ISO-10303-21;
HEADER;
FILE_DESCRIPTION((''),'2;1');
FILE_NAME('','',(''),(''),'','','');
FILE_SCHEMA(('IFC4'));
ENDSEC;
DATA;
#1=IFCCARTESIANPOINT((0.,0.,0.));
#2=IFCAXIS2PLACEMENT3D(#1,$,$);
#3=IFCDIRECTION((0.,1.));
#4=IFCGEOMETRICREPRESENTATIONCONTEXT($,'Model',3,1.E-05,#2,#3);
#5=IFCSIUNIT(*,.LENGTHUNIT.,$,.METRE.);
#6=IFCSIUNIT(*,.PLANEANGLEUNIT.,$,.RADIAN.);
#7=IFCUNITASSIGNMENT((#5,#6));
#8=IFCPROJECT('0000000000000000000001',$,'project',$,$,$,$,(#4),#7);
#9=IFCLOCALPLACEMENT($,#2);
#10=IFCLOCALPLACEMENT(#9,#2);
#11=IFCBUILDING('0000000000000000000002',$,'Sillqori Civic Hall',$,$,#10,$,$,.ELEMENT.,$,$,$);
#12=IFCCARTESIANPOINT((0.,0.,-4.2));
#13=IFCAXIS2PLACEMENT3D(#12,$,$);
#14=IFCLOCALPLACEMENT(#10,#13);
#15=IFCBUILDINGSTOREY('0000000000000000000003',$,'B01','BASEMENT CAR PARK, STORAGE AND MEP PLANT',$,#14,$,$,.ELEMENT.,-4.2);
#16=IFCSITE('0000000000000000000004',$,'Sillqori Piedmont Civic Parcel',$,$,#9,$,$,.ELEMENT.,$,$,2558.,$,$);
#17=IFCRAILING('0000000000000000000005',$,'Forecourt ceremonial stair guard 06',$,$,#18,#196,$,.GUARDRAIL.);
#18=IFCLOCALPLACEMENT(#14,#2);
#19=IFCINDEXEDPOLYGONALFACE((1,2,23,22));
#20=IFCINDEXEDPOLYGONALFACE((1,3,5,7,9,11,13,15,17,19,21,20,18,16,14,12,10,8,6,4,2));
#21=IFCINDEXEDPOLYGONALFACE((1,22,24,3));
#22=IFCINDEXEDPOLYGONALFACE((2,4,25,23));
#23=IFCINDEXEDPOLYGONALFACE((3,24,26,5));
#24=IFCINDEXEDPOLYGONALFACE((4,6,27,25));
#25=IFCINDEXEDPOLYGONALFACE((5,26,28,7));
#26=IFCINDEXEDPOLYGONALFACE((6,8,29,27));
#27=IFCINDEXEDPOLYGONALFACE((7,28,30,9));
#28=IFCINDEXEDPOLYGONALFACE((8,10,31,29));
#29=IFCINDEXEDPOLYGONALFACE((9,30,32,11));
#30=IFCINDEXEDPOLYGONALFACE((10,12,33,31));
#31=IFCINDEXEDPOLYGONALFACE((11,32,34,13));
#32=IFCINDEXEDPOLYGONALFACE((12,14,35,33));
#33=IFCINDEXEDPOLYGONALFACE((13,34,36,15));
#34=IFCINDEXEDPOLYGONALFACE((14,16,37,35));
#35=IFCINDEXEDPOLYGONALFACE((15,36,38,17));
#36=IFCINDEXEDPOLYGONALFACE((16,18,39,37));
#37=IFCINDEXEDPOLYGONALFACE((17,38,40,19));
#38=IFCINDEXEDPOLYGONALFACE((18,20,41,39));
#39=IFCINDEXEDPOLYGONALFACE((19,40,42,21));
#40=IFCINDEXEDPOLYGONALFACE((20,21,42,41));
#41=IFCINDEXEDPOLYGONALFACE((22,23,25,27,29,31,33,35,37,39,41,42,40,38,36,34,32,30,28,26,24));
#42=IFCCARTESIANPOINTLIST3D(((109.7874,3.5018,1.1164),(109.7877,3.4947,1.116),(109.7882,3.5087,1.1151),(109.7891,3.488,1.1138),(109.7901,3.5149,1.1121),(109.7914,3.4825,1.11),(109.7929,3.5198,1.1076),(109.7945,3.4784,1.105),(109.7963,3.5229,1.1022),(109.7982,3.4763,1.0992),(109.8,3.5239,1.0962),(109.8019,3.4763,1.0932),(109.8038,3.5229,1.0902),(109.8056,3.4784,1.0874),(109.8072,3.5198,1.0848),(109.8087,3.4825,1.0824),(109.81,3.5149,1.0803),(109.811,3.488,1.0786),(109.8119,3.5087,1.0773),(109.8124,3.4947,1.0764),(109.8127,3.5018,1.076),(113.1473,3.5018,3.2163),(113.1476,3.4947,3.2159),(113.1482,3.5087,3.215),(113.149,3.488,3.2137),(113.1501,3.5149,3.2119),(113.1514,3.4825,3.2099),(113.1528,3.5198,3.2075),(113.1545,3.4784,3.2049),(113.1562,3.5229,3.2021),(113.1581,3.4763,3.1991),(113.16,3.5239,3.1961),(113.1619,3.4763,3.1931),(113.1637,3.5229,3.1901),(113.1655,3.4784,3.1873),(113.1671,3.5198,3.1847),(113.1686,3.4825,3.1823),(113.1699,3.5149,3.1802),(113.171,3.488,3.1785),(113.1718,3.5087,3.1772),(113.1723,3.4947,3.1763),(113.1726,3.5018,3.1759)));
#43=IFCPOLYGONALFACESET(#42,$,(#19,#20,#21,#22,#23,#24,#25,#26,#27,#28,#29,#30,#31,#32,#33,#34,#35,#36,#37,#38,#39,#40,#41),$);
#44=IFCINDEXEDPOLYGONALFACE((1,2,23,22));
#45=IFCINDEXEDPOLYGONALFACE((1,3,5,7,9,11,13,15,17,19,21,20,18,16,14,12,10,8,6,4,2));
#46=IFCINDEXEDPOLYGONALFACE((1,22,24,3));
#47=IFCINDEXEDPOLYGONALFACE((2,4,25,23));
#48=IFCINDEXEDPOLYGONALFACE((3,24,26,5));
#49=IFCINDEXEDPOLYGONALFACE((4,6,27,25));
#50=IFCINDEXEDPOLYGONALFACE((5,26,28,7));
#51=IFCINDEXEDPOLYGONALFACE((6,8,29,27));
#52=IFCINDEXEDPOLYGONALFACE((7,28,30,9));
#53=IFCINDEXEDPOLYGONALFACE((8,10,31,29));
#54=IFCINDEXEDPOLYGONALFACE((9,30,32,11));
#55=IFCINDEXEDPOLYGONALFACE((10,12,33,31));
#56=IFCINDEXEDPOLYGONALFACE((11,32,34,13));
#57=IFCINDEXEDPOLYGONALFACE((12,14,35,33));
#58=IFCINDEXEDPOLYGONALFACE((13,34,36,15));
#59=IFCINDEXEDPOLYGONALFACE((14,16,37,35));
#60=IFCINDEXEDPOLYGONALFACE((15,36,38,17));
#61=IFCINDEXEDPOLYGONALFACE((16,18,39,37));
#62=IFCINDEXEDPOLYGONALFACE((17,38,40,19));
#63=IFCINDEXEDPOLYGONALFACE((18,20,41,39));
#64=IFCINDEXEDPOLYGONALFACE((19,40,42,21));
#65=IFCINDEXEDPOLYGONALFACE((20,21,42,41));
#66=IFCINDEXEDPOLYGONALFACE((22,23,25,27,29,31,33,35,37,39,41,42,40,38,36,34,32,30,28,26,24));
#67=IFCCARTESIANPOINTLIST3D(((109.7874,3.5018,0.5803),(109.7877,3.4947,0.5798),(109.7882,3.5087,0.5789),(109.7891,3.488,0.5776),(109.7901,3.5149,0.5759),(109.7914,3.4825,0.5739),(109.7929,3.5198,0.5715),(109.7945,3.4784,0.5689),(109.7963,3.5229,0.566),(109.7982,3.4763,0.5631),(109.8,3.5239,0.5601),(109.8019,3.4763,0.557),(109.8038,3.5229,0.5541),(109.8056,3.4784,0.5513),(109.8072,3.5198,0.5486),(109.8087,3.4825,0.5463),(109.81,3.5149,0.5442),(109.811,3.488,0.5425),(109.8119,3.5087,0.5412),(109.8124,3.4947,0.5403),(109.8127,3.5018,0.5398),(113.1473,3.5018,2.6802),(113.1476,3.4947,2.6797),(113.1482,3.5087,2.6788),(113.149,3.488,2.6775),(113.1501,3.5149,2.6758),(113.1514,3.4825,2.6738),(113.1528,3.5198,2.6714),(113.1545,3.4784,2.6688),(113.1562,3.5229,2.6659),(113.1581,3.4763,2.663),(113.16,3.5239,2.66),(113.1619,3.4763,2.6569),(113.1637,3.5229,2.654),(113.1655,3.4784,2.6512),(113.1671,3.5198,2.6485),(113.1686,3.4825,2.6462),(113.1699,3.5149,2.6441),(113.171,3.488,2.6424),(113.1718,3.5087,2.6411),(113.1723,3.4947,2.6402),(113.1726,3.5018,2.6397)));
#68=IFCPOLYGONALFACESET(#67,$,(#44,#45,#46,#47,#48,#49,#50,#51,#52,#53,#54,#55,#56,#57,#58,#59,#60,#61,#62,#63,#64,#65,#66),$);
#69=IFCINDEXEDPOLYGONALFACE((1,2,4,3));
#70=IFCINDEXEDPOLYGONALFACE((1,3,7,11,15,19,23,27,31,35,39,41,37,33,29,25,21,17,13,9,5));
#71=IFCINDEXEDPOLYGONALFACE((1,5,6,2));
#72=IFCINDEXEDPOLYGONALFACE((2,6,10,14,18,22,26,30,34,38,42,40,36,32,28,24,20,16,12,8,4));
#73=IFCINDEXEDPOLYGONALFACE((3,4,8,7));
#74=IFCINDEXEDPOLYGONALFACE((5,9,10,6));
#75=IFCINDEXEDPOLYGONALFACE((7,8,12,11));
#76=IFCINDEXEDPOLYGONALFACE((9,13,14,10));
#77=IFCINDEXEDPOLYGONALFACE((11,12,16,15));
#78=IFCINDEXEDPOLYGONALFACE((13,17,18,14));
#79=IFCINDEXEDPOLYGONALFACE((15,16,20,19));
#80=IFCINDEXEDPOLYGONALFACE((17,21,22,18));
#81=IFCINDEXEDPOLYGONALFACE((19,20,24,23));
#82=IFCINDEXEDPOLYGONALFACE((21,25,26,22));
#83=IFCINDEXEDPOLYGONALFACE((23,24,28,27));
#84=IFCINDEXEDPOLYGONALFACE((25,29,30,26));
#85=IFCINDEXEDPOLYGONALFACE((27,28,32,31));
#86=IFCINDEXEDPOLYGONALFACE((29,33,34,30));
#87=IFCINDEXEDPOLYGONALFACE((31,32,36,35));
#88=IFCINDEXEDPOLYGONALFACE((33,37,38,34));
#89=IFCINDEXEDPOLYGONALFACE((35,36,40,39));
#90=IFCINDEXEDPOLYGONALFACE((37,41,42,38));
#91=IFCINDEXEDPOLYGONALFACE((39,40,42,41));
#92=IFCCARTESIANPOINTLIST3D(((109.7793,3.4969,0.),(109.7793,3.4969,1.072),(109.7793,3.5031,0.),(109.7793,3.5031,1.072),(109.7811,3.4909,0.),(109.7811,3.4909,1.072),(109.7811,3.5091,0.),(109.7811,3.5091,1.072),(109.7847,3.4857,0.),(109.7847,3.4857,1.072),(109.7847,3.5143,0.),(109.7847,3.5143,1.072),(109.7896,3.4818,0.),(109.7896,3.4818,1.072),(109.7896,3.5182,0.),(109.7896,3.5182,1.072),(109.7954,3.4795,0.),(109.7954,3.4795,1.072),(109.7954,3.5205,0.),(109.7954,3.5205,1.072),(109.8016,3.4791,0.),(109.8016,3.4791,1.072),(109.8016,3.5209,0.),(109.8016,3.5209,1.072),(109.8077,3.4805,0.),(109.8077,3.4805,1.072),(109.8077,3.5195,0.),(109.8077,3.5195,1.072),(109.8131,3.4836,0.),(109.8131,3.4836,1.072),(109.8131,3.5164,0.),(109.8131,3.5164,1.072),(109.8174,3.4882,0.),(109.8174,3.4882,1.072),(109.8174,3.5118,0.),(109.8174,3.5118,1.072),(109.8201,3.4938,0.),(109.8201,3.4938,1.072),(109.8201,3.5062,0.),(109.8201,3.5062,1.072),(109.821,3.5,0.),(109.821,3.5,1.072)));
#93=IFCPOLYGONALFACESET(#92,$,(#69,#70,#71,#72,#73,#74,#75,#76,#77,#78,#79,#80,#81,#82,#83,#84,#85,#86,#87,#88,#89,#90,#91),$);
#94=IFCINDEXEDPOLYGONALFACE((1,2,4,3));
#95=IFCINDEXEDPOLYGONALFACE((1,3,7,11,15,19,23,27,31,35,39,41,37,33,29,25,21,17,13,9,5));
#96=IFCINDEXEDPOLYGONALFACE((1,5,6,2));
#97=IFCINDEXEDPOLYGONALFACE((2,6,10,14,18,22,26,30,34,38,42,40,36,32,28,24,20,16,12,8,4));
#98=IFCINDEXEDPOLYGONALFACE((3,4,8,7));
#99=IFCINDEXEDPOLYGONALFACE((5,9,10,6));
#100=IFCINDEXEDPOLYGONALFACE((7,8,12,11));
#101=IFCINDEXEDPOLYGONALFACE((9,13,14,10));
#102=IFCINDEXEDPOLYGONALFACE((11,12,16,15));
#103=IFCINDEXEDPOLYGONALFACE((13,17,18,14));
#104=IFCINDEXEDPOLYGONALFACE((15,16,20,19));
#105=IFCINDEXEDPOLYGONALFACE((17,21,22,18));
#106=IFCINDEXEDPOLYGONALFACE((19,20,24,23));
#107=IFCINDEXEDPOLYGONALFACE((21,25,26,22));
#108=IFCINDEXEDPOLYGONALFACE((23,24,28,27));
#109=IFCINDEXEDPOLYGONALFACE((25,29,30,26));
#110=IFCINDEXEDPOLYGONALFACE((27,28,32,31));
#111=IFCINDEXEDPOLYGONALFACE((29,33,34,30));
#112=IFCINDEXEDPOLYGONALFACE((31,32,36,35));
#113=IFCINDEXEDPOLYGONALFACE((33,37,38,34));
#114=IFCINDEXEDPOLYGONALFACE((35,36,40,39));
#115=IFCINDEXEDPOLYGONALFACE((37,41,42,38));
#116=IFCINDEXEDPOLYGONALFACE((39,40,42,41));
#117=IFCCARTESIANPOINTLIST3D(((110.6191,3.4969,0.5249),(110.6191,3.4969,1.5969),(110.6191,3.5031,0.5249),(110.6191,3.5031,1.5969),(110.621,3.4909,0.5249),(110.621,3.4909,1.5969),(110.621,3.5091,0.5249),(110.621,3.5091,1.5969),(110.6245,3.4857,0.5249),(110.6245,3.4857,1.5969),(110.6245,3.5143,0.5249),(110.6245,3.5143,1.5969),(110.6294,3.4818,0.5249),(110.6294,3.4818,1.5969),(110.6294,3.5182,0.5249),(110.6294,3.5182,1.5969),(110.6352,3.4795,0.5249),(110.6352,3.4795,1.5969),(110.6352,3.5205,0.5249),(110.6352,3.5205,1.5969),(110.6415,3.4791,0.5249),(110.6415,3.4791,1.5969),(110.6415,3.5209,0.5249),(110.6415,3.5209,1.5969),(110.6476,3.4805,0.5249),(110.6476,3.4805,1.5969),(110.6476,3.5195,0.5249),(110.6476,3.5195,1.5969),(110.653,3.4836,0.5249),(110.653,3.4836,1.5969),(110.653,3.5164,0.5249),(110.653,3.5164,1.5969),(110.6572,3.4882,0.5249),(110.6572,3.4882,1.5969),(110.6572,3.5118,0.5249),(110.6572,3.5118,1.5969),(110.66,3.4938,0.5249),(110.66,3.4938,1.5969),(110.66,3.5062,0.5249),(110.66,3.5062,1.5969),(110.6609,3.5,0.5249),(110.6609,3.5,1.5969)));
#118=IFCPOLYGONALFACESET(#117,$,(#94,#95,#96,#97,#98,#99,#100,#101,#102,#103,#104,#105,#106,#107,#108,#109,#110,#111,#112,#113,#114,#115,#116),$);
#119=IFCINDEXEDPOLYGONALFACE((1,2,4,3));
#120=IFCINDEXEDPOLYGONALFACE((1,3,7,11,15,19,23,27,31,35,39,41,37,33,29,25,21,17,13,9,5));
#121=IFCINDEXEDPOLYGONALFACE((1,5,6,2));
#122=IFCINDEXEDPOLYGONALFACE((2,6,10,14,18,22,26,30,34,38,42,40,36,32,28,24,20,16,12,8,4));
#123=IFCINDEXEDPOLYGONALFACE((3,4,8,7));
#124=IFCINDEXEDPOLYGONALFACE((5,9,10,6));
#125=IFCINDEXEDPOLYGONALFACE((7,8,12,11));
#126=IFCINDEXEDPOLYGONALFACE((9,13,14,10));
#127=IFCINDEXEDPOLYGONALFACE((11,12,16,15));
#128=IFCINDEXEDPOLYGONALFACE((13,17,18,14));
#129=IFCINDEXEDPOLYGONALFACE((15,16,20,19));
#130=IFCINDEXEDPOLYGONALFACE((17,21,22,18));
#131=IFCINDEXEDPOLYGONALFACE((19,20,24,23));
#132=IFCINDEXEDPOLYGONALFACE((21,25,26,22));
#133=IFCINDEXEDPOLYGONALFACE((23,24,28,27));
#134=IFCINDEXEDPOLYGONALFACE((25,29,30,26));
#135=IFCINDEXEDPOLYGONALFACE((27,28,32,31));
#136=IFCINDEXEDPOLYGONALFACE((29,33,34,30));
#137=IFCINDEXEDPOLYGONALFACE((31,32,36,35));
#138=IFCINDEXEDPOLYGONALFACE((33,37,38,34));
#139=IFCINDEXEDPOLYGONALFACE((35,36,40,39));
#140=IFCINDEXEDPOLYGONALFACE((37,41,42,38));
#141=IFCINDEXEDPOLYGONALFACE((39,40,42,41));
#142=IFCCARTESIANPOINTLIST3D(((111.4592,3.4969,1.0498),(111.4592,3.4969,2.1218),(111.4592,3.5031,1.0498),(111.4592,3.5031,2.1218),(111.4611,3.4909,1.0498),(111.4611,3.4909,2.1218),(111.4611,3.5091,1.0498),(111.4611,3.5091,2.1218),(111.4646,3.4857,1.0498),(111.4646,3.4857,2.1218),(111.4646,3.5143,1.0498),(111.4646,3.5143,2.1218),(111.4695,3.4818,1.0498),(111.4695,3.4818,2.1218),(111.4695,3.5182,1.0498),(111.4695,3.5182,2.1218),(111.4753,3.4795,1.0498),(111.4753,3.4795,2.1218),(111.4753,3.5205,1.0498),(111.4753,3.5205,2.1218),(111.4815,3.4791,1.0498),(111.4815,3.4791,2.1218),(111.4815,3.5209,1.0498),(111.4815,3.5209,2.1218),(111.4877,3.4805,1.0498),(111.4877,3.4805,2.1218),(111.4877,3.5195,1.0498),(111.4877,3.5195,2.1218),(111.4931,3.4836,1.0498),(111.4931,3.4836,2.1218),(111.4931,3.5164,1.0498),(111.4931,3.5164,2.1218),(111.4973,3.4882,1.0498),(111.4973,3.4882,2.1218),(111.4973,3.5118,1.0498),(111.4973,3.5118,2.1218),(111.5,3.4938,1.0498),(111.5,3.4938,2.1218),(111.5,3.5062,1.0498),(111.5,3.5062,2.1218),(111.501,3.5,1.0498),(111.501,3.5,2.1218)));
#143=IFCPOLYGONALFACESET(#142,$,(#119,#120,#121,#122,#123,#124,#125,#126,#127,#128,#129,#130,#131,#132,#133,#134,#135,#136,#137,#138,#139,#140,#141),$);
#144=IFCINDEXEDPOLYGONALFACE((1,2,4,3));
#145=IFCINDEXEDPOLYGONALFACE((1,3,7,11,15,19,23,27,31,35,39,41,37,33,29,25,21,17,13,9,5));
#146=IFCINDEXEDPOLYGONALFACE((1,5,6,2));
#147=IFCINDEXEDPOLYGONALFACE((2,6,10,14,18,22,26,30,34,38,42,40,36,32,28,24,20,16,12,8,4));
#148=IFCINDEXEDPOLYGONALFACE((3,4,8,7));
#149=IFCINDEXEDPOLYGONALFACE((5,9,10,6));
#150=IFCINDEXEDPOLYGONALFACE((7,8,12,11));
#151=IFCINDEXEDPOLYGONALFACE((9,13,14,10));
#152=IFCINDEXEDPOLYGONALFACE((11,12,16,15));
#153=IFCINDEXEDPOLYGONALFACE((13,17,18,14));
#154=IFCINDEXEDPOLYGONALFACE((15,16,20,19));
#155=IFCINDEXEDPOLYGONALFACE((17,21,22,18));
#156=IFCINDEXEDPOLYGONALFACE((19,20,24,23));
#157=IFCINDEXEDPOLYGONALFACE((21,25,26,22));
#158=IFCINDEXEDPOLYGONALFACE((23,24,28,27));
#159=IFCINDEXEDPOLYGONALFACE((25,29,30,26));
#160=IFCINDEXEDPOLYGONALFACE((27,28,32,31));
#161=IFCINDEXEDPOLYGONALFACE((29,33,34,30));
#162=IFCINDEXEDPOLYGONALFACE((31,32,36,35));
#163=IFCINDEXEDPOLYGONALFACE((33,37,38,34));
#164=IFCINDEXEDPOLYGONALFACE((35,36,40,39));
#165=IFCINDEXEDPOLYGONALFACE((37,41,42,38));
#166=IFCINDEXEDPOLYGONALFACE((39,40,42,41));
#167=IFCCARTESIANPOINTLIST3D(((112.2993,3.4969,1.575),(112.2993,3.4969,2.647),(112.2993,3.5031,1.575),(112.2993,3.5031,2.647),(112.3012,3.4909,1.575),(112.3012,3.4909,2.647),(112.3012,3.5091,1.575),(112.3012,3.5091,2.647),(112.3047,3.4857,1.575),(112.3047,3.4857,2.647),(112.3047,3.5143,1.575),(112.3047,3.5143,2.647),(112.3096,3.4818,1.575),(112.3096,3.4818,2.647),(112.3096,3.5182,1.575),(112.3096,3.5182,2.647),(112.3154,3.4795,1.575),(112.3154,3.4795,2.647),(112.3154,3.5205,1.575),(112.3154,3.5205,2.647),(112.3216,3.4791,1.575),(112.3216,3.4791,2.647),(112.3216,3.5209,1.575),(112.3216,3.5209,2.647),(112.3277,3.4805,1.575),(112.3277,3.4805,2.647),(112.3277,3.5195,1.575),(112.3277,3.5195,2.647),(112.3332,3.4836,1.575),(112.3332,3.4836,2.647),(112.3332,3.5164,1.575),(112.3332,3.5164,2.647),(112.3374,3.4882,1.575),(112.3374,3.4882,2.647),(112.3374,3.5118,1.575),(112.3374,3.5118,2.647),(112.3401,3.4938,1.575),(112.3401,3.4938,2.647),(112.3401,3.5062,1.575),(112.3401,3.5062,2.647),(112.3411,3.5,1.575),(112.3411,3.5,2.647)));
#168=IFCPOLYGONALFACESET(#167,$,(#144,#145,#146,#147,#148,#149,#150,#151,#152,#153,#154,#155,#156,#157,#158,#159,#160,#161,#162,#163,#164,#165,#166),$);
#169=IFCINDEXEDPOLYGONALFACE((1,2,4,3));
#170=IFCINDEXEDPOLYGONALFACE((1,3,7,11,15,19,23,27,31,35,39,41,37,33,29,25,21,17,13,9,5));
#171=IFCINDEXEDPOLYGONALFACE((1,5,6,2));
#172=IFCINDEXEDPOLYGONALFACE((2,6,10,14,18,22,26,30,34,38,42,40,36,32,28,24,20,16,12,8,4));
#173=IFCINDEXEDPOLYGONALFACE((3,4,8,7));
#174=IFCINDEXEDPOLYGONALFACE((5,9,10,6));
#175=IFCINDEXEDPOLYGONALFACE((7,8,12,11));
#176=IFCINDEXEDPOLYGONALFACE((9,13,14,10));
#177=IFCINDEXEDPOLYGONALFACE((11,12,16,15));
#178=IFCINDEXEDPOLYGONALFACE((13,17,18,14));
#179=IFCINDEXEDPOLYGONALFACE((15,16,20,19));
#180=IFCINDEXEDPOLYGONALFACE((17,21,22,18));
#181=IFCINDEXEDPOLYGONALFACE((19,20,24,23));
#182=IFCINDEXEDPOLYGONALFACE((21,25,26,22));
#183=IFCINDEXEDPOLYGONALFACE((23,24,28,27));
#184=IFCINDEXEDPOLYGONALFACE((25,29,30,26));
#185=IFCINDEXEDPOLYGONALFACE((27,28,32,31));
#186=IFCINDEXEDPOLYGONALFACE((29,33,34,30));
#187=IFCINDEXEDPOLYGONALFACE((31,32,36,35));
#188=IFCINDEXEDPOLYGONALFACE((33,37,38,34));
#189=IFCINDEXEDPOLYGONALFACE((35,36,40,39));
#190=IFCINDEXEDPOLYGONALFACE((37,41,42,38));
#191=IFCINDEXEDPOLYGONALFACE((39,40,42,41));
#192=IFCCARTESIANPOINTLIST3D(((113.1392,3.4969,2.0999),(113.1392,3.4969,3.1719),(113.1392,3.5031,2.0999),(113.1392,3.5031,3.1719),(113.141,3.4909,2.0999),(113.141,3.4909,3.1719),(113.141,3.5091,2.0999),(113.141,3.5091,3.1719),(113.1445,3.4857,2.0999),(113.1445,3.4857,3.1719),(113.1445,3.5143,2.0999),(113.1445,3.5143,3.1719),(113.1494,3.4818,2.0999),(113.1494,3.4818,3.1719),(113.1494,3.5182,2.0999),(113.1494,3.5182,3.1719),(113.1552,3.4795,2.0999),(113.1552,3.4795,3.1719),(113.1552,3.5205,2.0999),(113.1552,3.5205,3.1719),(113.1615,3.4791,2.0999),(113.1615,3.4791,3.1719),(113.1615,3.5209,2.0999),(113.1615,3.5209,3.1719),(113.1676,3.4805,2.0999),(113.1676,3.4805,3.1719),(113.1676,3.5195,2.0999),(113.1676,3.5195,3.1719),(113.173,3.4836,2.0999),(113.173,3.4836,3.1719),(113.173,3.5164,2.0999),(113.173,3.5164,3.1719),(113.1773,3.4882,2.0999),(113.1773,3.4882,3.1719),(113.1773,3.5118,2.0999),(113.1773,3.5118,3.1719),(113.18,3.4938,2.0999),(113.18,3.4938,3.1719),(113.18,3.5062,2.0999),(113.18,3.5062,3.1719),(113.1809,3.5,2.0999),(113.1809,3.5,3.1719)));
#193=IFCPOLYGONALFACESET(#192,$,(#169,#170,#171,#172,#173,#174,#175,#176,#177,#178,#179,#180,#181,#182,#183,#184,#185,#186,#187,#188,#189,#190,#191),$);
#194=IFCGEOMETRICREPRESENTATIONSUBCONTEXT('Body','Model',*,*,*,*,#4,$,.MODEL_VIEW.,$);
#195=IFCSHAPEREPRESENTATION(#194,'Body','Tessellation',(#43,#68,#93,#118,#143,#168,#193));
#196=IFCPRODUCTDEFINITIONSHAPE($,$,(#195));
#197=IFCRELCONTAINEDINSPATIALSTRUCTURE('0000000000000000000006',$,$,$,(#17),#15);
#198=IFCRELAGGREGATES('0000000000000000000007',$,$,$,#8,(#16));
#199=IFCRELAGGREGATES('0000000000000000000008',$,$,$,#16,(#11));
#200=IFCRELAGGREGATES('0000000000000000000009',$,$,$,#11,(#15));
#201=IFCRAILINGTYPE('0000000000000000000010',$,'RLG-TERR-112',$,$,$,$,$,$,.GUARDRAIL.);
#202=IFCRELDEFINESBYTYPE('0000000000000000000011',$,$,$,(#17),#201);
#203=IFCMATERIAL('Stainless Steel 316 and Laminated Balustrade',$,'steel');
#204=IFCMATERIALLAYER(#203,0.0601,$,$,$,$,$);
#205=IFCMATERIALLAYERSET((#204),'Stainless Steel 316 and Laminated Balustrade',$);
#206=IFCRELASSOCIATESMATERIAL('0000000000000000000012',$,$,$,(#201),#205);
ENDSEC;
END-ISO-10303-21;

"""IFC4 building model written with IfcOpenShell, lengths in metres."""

from ifc_helpers import new_model, si_unit, direction, frame, origin, origin_2d, place, context, subcontext, project, spatial, circle, extrude, material, layer, layer_set, type_object, element, save


model = new_model("IFC4")

# Units and contexts
model_context = context("Model", 3, precision=1e-05, world=origin(), true_north=direction((0.0, 1.0)))
body_context = subcontext(model_context, "Body", "Model", "MODEL_VIEW")
ifc_project = project(units=[si_unit("LENGTHUNIT", "METRE"), si_unit("PLANEANGLEUNIT", "RADIAN")], contexts=[model_context])

# Site, building, storey
site_placement = place(None, origin())
site = spatial("IfcSite", under=ifc_project, at=site_placement, Name="Sillqori Piedmont Civic Parcel", CompositionType="ELEMENT", RefElevation=2558.0)
building_placement = place(site_placement, origin())
building = spatial("IfcBuilding", under=site, at=building_placement, Name="Sillqori Civic Hall", CompositionType="ELEMENT")
storey_placement = place(building_placement, frame((0.0, 0.0, -4.2)))
storey = spatial("IfcBuildingStorey", under=building, at=storey_placement, Name="B01", Description="BASEMENT CAR PARK, STORAGE AND MEP PLANT", CompositionType="ELEMENT", Elevation=-4.2)

# Railing
ifc_material_1 = material(Name="Stainless Steel 316 and Laminated Balustrade", Category="steel")
ifc_layer_1 = layer(ifc_material_1, 0.0601)
ifc_layer_set_1 = layer_set([ifc_layer_1], Name="Stainless Steel 316 and Laminated Balustrade")
railing_type = type_object("IfcRailingType", Name="RLG-TERR-112", PredefinedType="GUARDRAIL", material=ifc_layer_set_1)
for number, where, name in (
    (1, (109.8, 3.5, 0.0), "Forecourt ceremonial stair guard 06"),
):
    element("IfcRailing", number, at=place(storey_placement, frame(where)), inside=storey, type_object=railing_type, Name=name, PredefinedType="GUARDRAIL", context=body_context, shape_type="SweptSolid", body=[
        extrude(circle(Radius=0.0239, at=origin_2d()), frame((0.0, 0.0, 1.0962), z_axis=(0.848005, 0.0, 0.529988), x_axis=(0.0, 1.0, 0.0)), (0.0, 0.0, 1.0), 3.9622),
        extrude(circle(Radius=0.0239, at=origin_2d()), frame((0.0, 0.0, 0.5601), z_axis=(0.848005, 0.0, 0.529988), x_axis=(0.0, 1.0, 0.0)), (0.0, 0.0, 1.0), 3.9622),
        extrude(circle(Radius=0.021, at=origin_2d()), origin(), (0.0, 0.0, 1.0), 1.072),
        extrude(circle(Radius=0.021, at=origin_2d()), frame((0.8398, 0.0, 0.5249)), (0.0, 0.0, 1.0), 1.072),
        extrude(circle(Radius=0.021, at=origin_2d()), frame((1.6799, 0.0, 1.0498)), (0.0, 0.0, 1.0), 1.072),
        extrude(circle(Radius=0.021, at=origin_2d()), frame((2.52, 0.0, 1.575)), (0.0, 0.0, 1.0), 1.072),
        extrude(circle(Radius=0.021, at=origin_2d()), frame((3.3599, 0.0, 2.0999)), (0.0, 0.0, 1.0), 1.072),
    ])

save(model, "model.ifc")
